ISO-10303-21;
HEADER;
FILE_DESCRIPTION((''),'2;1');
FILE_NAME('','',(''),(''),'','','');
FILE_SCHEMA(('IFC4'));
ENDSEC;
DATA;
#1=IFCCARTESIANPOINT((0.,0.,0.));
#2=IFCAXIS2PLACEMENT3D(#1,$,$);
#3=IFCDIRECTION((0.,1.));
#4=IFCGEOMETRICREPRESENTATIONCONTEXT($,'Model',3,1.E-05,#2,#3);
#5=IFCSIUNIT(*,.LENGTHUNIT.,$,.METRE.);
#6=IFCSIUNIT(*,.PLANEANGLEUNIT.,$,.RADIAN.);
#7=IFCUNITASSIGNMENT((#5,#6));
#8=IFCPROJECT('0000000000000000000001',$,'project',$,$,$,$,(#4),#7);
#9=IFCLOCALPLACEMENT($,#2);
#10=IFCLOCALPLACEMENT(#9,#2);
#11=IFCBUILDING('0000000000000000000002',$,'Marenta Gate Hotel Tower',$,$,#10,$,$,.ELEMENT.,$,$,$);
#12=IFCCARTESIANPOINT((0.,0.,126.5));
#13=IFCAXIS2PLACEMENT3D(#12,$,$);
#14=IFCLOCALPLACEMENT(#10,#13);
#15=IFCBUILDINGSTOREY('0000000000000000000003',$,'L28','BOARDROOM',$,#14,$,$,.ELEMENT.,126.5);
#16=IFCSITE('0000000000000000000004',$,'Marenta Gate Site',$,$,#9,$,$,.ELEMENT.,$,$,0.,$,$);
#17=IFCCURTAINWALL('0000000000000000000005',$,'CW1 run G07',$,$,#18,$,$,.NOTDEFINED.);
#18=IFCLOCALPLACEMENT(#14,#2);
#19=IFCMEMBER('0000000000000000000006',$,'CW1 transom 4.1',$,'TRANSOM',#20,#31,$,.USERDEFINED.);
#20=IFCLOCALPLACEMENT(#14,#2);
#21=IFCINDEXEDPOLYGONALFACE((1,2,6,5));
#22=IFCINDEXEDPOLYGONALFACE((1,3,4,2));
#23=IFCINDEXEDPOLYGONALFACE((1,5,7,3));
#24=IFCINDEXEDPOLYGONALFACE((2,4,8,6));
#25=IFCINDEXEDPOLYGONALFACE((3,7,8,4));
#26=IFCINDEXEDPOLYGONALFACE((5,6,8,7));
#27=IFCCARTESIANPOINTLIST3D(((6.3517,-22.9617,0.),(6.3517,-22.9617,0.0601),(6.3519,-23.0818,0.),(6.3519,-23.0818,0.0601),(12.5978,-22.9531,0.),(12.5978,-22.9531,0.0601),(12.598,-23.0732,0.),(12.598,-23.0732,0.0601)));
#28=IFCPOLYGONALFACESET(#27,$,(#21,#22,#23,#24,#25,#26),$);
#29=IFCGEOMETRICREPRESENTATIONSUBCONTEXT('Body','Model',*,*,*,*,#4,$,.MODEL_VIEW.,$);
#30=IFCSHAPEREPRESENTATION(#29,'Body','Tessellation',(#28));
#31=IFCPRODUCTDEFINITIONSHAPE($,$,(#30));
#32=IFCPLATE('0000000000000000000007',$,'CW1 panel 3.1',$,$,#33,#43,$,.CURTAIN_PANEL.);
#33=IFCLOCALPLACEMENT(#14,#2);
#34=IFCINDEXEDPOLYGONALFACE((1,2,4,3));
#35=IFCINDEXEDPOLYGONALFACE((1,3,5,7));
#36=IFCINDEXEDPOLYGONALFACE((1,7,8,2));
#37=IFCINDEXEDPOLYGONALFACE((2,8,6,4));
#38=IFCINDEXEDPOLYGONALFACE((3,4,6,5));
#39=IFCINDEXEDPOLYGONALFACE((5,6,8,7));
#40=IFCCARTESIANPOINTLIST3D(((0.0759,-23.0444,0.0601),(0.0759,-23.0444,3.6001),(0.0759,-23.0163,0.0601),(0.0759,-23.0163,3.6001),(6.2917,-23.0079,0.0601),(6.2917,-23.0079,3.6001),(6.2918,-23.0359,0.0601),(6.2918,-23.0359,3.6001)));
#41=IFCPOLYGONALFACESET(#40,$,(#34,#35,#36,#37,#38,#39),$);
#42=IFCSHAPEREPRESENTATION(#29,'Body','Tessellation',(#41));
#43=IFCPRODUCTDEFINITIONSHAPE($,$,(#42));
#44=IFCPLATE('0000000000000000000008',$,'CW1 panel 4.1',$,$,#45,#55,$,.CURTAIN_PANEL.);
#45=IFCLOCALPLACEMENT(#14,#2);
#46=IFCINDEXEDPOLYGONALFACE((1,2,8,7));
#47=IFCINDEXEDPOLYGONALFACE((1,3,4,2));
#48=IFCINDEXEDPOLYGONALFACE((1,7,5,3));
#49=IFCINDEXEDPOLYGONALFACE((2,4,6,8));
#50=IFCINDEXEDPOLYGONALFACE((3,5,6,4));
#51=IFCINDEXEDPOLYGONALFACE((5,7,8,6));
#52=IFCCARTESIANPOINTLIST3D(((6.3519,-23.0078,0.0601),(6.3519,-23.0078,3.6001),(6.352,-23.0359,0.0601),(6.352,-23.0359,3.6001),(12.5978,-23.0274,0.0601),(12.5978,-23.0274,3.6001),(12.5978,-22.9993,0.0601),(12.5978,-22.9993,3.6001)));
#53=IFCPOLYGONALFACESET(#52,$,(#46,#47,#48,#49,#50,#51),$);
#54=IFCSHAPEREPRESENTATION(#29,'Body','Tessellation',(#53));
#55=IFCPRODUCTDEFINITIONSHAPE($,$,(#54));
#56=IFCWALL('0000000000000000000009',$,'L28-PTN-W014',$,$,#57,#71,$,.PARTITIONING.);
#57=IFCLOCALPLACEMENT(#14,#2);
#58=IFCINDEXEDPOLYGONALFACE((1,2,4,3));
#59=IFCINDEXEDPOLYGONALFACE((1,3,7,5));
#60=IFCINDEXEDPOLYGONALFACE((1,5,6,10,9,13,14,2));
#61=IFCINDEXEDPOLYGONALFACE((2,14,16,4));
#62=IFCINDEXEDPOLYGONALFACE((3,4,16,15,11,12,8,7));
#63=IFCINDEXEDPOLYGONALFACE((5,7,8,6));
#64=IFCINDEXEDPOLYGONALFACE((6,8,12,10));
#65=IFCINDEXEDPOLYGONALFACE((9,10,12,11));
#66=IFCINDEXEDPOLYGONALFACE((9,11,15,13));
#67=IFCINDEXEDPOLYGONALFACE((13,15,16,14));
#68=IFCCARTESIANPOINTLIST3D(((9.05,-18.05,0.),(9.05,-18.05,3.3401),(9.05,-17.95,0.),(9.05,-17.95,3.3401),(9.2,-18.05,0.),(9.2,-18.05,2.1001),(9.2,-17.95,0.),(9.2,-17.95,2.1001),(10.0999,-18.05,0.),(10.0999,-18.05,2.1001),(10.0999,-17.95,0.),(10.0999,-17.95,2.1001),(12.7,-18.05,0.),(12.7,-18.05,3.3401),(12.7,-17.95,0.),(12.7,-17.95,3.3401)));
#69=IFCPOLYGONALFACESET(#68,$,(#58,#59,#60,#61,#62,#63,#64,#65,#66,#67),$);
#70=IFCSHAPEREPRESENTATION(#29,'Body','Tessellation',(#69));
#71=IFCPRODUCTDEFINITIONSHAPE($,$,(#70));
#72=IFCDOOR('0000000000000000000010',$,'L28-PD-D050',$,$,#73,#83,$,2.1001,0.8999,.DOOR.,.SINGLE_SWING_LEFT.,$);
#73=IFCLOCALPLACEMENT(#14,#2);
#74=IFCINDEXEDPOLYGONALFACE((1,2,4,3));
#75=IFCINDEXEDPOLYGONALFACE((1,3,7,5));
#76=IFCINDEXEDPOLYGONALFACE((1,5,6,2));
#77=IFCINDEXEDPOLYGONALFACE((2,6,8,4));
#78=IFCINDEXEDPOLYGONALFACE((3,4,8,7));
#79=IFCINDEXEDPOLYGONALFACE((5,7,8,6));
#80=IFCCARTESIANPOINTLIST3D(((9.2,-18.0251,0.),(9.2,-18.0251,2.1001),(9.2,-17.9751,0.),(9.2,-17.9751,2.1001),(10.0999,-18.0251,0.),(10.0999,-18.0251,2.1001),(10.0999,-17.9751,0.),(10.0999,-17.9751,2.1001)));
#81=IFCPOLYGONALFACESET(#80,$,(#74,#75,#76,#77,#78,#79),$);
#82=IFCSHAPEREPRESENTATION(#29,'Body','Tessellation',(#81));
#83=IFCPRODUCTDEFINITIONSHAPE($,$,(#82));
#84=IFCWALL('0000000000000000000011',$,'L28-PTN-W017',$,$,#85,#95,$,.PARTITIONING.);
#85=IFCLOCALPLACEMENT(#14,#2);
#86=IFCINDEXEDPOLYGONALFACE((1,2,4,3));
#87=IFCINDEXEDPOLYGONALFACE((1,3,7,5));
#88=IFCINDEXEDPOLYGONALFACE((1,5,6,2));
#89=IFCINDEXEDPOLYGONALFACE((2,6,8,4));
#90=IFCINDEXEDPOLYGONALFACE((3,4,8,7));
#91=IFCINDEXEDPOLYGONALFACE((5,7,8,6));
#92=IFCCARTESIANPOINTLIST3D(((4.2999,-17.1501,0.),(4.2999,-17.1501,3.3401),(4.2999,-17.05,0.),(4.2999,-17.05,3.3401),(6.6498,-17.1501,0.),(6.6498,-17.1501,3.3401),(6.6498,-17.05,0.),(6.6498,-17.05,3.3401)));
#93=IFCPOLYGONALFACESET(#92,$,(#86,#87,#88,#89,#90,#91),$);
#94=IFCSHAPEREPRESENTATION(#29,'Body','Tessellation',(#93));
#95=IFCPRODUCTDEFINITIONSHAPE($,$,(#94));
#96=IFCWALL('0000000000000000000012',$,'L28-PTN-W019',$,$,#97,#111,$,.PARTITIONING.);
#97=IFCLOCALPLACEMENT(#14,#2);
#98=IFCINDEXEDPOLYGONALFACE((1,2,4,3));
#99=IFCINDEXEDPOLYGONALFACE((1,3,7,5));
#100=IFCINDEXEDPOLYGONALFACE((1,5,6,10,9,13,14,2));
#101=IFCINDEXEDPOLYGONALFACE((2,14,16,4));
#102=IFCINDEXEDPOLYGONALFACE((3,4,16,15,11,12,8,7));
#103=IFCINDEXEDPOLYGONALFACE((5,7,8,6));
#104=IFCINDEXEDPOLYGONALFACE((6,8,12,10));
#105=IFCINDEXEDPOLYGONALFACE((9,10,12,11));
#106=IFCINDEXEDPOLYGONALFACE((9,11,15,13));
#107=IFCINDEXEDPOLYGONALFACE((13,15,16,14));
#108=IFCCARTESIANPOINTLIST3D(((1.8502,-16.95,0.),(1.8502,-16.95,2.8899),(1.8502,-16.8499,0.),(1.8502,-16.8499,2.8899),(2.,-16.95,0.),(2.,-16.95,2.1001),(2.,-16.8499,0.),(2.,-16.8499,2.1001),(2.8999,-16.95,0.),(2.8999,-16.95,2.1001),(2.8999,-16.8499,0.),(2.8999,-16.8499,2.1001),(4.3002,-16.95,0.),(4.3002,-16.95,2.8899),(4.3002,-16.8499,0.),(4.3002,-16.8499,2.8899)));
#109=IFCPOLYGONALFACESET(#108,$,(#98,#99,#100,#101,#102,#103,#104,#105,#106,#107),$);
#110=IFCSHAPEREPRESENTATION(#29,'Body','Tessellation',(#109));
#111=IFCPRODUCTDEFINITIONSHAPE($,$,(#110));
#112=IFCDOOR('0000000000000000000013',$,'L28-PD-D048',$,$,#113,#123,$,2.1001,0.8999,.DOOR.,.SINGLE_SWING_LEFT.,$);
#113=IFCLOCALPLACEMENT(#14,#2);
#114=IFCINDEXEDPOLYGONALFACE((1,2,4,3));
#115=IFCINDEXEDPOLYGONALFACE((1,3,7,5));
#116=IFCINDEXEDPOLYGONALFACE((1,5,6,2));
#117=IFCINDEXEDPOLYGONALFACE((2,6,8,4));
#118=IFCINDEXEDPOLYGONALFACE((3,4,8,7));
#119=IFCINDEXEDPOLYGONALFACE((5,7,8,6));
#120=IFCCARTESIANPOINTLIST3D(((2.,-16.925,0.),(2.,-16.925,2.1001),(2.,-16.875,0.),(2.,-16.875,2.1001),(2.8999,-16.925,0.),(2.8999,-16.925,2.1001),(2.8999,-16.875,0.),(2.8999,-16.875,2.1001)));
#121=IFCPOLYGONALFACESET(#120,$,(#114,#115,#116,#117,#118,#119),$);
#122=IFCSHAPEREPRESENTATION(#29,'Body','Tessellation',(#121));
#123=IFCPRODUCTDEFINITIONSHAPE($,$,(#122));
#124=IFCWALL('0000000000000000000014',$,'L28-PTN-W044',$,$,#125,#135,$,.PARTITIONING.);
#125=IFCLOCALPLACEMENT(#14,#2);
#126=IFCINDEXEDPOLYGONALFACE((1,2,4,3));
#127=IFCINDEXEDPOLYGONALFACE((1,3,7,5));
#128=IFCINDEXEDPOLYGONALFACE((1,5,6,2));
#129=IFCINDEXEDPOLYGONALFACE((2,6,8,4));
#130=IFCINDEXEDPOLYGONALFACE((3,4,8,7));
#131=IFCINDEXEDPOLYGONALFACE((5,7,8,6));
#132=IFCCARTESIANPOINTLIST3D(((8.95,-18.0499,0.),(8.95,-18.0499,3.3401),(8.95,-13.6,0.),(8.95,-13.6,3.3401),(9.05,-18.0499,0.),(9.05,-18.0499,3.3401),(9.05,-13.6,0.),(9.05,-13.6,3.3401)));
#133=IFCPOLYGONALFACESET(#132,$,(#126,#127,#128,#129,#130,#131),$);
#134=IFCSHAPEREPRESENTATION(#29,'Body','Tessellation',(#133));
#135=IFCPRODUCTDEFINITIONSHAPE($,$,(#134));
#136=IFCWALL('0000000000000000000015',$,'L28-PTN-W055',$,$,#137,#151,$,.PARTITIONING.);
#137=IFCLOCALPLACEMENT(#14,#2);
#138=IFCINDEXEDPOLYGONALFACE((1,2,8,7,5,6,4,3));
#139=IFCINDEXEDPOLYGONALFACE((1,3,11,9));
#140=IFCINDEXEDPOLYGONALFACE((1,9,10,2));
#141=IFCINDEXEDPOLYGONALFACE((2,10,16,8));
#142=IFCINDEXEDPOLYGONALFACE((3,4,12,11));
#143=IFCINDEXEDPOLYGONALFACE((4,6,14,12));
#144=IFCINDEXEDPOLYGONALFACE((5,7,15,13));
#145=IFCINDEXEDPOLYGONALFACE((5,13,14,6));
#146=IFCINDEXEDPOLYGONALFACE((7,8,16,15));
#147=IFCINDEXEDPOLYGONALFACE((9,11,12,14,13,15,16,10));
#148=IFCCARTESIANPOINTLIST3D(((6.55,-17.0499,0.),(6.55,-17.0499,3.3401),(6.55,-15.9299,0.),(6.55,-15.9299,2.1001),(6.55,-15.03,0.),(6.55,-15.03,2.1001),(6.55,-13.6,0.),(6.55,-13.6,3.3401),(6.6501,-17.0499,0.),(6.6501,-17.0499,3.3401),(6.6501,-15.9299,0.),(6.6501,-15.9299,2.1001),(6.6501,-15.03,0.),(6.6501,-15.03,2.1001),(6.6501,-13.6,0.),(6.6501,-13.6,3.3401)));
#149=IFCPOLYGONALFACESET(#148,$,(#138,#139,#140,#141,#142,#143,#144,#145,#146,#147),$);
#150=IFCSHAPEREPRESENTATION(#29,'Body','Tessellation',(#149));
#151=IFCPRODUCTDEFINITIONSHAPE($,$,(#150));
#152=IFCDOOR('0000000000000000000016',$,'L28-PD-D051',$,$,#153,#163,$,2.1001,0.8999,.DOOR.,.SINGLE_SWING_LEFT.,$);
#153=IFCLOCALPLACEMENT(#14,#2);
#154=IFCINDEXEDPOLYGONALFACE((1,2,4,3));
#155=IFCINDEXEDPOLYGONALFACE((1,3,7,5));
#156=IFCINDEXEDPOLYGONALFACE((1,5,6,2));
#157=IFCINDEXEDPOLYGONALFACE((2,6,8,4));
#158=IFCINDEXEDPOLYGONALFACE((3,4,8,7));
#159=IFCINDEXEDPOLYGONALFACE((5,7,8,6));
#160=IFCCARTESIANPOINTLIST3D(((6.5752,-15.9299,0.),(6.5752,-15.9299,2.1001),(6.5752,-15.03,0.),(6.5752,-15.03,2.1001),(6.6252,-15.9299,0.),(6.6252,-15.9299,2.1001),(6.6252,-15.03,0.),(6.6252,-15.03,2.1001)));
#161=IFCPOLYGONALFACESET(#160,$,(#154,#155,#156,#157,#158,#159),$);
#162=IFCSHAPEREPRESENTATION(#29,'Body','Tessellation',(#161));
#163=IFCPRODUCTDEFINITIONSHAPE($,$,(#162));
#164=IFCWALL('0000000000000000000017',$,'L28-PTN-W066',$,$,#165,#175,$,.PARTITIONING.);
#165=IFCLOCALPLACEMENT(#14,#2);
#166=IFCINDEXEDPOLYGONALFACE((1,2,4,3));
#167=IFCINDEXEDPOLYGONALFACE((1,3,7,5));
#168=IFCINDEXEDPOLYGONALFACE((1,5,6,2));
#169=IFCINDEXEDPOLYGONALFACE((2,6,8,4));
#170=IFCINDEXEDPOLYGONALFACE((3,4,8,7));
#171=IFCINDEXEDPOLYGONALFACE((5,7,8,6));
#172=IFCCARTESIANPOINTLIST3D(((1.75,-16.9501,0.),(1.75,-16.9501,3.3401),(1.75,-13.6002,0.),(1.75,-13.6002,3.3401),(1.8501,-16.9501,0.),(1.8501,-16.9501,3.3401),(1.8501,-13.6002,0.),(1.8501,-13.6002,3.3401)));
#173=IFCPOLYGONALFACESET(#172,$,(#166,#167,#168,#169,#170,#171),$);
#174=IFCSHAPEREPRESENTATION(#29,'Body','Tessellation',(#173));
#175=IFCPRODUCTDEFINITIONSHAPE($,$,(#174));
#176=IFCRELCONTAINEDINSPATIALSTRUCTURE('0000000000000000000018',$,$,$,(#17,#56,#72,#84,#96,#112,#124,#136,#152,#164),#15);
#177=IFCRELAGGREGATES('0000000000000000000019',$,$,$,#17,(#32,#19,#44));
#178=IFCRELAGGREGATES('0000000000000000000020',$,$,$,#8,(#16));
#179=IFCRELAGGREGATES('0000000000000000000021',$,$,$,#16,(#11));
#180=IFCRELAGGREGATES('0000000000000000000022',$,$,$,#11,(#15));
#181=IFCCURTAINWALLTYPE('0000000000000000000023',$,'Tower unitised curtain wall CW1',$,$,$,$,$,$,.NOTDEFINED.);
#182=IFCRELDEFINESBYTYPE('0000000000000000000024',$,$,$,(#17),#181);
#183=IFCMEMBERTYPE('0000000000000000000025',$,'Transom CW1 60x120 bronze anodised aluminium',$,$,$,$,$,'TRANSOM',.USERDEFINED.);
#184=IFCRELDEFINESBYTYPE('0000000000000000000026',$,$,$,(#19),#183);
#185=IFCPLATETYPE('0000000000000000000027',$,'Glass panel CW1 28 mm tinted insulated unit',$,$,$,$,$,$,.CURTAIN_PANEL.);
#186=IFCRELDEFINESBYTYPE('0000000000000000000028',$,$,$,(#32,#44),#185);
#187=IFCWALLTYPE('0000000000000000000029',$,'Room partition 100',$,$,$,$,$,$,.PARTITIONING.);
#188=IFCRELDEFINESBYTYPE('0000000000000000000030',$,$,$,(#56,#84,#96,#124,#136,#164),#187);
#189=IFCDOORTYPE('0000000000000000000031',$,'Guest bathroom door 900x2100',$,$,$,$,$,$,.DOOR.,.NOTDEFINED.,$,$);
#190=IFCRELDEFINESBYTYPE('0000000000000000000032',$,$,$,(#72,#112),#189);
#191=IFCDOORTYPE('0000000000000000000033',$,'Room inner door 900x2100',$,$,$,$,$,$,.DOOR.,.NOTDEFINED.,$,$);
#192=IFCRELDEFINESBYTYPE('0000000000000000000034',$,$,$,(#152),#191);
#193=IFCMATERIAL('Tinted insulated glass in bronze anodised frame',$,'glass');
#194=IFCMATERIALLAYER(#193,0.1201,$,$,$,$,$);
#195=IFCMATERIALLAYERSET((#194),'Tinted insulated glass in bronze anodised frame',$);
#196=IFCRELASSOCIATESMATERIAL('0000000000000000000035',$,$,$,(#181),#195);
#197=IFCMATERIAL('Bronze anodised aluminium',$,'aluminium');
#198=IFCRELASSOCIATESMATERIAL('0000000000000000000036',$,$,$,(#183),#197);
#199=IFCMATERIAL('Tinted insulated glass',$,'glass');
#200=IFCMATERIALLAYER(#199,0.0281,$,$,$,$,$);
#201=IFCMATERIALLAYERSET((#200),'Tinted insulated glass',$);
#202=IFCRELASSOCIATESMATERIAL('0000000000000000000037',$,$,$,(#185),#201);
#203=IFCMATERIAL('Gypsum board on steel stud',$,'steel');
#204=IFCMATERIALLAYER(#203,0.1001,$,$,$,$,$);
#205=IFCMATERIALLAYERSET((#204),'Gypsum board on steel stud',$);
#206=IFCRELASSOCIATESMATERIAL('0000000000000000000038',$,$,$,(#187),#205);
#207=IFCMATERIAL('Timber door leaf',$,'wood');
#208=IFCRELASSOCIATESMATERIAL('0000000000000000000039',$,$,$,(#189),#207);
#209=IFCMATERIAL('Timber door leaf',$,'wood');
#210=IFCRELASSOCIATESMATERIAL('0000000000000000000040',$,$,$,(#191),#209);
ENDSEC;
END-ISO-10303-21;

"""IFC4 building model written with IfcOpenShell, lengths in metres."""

from ifc_helpers import new_model, si_unit, direction, frame, frame_2d, origin, origin_2d, place, context, subcontext, project, spatial, rectangle, extrude, material, layer, layer_set, material_profile, profile_set, type_object, element, fill, aggregate, save


model = new_model("IFC4")

# Units and contexts
model_context = context("Model", 3, precision=1e-05, world=origin(), true_north=direction((0.0, 1.0)))
body_context = subcontext(model_context, "Body", "Model", "MODEL_VIEW")
ifc_project = project(units=[si_unit("LENGTHUNIT", "METRE"), si_unit("PLANEANGLEUNIT", "RADIAN")], contexts=[model_context])

# Site, building, storey
site_placement = place(None, origin())
site = spatial("IfcSite", under=ifc_project, at=site_placement, Name="Marenta Gate Site", CompositionType="ELEMENT", RefElevation=0.0)
building_placement = place(site_placement, origin())
building = spatial("IfcBuilding", under=site, at=building_placement, Name="Marenta Gate Hotel Tower", CompositionType="ELEMENT")
storey_placement = place(building_placement, frame((0.0, 0.0, 126.5)))
storey = spatial("IfcBuildingStorey", under=building, at=storey_placement, Name="L28", Description="BOARDROOM", CompositionType="ELEMENT", Elevation=126.5)

# Curtain wall, member, plates
ifc_material_1 = material(Name="Tinted insulated glass in bronze anodised frame", Category="glass")
ifc_layer_1 = layer(ifc_material_1, 0.1201)
ifc_layer_set_1 = layer_set([ifc_layer_1], Name="Tinted insulated glass in bronze anodised frame")
curtain_wall_type = type_object("IfcCurtainWallType", Name="Tower unitised curtain wall CW1", PredefinedType="NOTDEFINED", material=ifc_layer_set_1)
curtain_wall_placement = place(storey_placement, origin())
curtain_wall = element("IfcCurtainWall", 1, at=curtain_wall_placement, inside=storey, type_object=curtain_wall_type, Name="CW1 run G07", PredefinedType="NOTDEFINED")
ifc_material_2 = material(Name="Bronze anodised aluminium", Category="aluminium")
ifc_material_profile_1 = material_profile(ifc_material_2, rectangle(XDim=0.1201, YDim=0.0601, at=origin_2d()), Name="Transom CW1 60x120 bronze anodised aluminium")
ifc_profile_set_1 = profile_set([ifc_material_profile_1], Name="Bronze anodised aluminium")
member_type_1 = type_object("IfcMemberType", Name="Transom CW1 60x120 bronze anodised aluminium", ElementType="TRANSOM", PredefinedType="USERDEFINED", material=ifc_profile_set_1)
member_1_placement = place(storey_placement, frame((6.3518, -23.0217, 0.03), z_axis=(0.999999, 0.001368, 0.0), x_axis=(-0.001368, 0.999999, 0.0)))
member_1 = element("IfcMember", 2, at=member_1_placement, type_object=member_type_1, Name="CW1 transom 4.1", ObjectType="TRANSOM", PredefinedType="USERDEFINED", context=body_context, shape_type="SweptSolid", body=[
    extrude(rectangle(XDim=0.1201, YDim=0.0601, at=origin_2d()), origin(), (0.0, 0.0, 1.0), 6.2461),
])
ifc_material_3 = material(Name="Tinted insulated glass", Category="glass")
ifc_layer_2 = layer(ifc_material_3, 0.0281)
ifc_layer_set_2 = layer_set([ifc_layer_2], Name="Tinted insulated glass")
plate_type = type_object("IfcPlateType", Name="Glass panel CW1 28 mm tinted insulated unit", PredefinedType="CURTAIN_PANEL", material=ifc_layer_set_2)
plate_1_placement = place(storey_placement, frame((3.1838, -23.0261, 0.0601), z_axis=(0.0, 0.0, 1.0), x_axis=(0.999999, 0.001362, 0.0)))
plate_1 = element("IfcPlate", 3, at=plate_1_placement, type_object=plate_type, Name="CW1 panel 3.1", PredefinedType="CURTAIN_PANEL", context=body_context, shape_type="SweptSolid", body=[
    extrude(rectangle(XDim=6.2158, YDim=0.0281, at=origin_2d()), origin(), (0.0, 0.0, 1.0), 3.54),
])
plate_2_placement = place(storey_placement, frame((9.4749, -23.0176, 0.0601), z_axis=(0.0, 0.0, 1.0), x_axis=(0.999999, 0.001362, 0.0)))
plate_2 = element("IfcPlate", 4, at=plate_2_placement, type_object=plate_type, Name="CW1 panel 4.1", PredefinedType="CURTAIN_PANEL", context=body_context, shape_type="SweptSolid", body=[
    extrude(rectangle(XDim=6.2458, YDim=0.0281, at=origin_2d()), origin(), (0.0, 0.0, 1.0), 3.54),
])
aggregate(curtain_wall, [plate_1, member_1, plate_2])

# Wall, opening, door
ifc_material_4 = material(Name="Gypsum board on steel stud", Category="steel")
ifc_layer_3 = layer(ifc_material_4, 0.1001)
ifc_layer_set_3 = layer_set([ifc_layer_3], Name="Gypsum board on steel stud")
wall_type_1 = type_object("IfcWallType", Name="Room partition 100", PredefinedType="PARTITIONING", material=ifc_layer_set_3)
wall_1_placement = place(storey_placement, frame((9.05, -18.0, 0.0), z_axis=(0.0, 0.0, 1.0), x_axis=(1.0, 0.0, 0.0)))
wall_1 = element("IfcWall", 5, at=wall_1_placement, inside=storey, type_object=wall_type_1, Name="L28-PTN-W014", PredefinedType="PARTITIONING", context=body_context, shape_type="SweptSolid", body=[
    extrude(rectangle(XDim=3.6499, YDim=0.1001, at=frame_2d((1.825, 0.0))), origin(), (0.0, 0.0, 1.0), 3.3401),
])
opening_1_placement = place(wall_1_placement, frame((0.1499, 0.0, 0.0)))
opening_1 = element("IfcOpeningElement", 6, at=opening_1_placement, cuts=wall_1, PredefinedType="OPENING", context=body_context, shape_type="SweptSolid", body=[
    extrude(rectangle(XDim=0.8999, YDim=2.1001, at=frame_2d((0.45, 1.05))), frame((0.0, 0.05, 0.0), z_axis=(0.0, -1.0, 0.0), x_axis=(1.0, 0.0, 0.0)), (0.0, 0.0, 1.0), 0.1001),
])
ifc_material_5 = material(Name="Timber door leaf", Category="wood")
door_type_1 = type_object("IfcDoorType", Name="Guest bathroom door 900x2100", OperationType="NOTDEFINED", PredefinedType="DOOR", material=ifc_material_5)
door_1_placement = place(opening_1_placement, origin())
door_1 = element("IfcDoor", 7, at=door_1_placement, inside=storey, type_object=door_type_1, Name="L28-PD-D050", OperationType="SINGLE_SWING_LEFT", OverallHeight=2.1001, OverallWidth=0.8999, PredefinedType="DOOR", context=body_context, shape_type="SweptSolid", body=[
    extrude(rectangle(XDim=0.8999, YDim=2.1001, at=frame_2d((0.45, 1.05))), frame((0.0, 0.0249, 0.0), z_axis=(0.0, -1.0, 0.0), x_axis=(1.0, 0.0, 0.0)), (0.0, 0.0, 1.0), 0.05),
])
fill(opening_1, door_1)

# Wall
wall_2_placement = place(storey_placement, frame((4.3, -17.1001, 0.0), z_axis=(0.0, 0.0, 1.0), x_axis=(1.0, 0.0, 0.0)))
element("IfcWall", 8, at=wall_2_placement, inside=storey, type_object=wall_type_1, Name="L28-PTN-W017", PredefinedType="PARTITIONING", context=body_context, shape_type="SweptSolid", body=[
    extrude(rectangle(XDim=2.3499, YDim=0.1001, at=frame_2d((1.1748, 0.0))), origin(), (0.0, 0.0, 1.0), 3.3401),
])

# Wall, opening, door
wall_3_placement = place(storey_placement, frame((1.8501, -16.8999, 0.0), z_axis=(0.0, 0.0, 1.0), x_axis=(1.0, 0.0, 0.0)))
wall_3 = element("IfcWall", 9, at=wall_3_placement, inside=storey, type_object=wall_type_1, Name="L28-PTN-W019", PredefinedType="PARTITIONING", context=body_context, shape_type="SweptSolid", body=[
    extrude(rectangle(XDim=2.45, YDim=0.1001, at=frame_2d((1.2251, 0.0))), origin(), (0.0, 0.0, 1.0), 2.8899),
])
opening_2_placement = place(wall_3_placement, frame((0.1499, 0.0, 0.0)))
opening_2 = element("IfcOpeningElement", 10, at=opening_2_placement, cuts=wall_3, PredefinedType="OPENING", context=body_context, shape_type="SweptSolid", body=[
    extrude(rectangle(XDim=0.8999, YDim=2.1001, at=frame_2d((0.45, 1.05))), frame((0.0, 0.05, 0.0), z_axis=(0.0, -1.0, 0.0), x_axis=(1.0, 0.0, 0.0)), (0.0, 0.0, 1.0), 0.1001),
])
door_2_placement = place(opening_2_placement, origin())
door_2 = element("IfcDoor", 11, at=door_2_placement, inside=storey, type_object=door_type_1, Name="L28-PD-D048", OperationType="SINGLE_SWING_LEFT", OverallHeight=2.1001, OverallWidth=0.8999, PredefinedType="DOOR", context=body_context, shape_type="SweptSolid", body=[
    extrude(rectangle(XDim=0.8999, YDim=2.1001, at=frame_2d((0.45, 1.05))), frame((0.0, 0.0249, 0.0), z_axis=(0.0, -1.0, 0.0), x_axis=(1.0, 0.0, 0.0)), (0.0, 0.0, 1.0), 0.05),
])
fill(opening_2, door_2)

# Wall
wall_4_placement = place(storey_placement, frame((9.0, -18.05, 0.0), z_axis=(0.0, 0.0, 1.0), x_axis=(0.0, 1.0, 0.0)))
element("IfcWall", 12, at=wall_4_placement, inside=storey, type_object=wall_type_1, Name="L28-PTN-W044", PredefinedType="PARTITIONING", context=body_context, shape_type="SweptSolid", body=[
    extrude(rectangle(XDim=4.45, YDim=0.1001, at=frame_2d((2.2251, 0.0))), origin(), (0.0, 0.0, 1.0), 3.3401),
])

# Wall, opening, door
wall_5_placement = place(storey_placement, frame((6.6001, -17.05, 0.0), z_axis=(0.0, 0.0, 1.0), x_axis=(0.0, 1.0, 0.0)))
wall_5 = element("IfcWall", 13, at=wall_5_placement, inside=storey, type_object=wall_type_1, Name="L28-PTN-W055", PredefinedType="PARTITIONING", context=body_context, shape_type="SweptSolid", body=[
    extrude(rectangle(XDim=3.45, YDim=0.1001, at=frame_2d((1.7251, 0.0))), origin(), (0.0, 0.0, 1.0), 3.3401),
])
opening_3_placement = place(wall_5_placement, frame((1.1201, 0.0, 0.0)))
opening_3 = element("IfcOpeningElement", 14, at=opening_3_placement, cuts=wall_5, PredefinedType="OPENING", context=body_context, shape_type="SweptSolid", body=[
    extrude(rectangle(XDim=0.8999, YDim=2.1001, at=frame_2d((0.45, 1.05))), frame((0.0, 0.05, 0.0), z_axis=(0.0, -1.0, 0.0), x_axis=(1.0, 0.0, 0.0)), (0.0, 0.0, 1.0), 0.1001),
])
ifc_material_6 = material(Name="Timber door leaf", Category="wood")
door_type_2 = type_object("IfcDoorType", Name="Room inner door 900x2100", OperationType="NOTDEFINED", PredefinedType="DOOR", material=ifc_material_6)
door_3_placement = place(opening_3_placement, origin())
door_3 = element("IfcDoor", 15, at=door_3_placement, inside=storey, type_object=door_type_2, Name="L28-PD-D051", OperationType="SINGLE_SWING_LEFT", OverallHeight=2.1001, OverallWidth=0.8999, PredefinedType="DOOR", context=body_context, shape_type="SweptSolid", body=[
    extrude(rectangle(XDim=0.8999, YDim=2.1001, at=frame_2d((0.45, 1.05))), frame((0.0, 0.0249, 0.0), z_axis=(0.0, -1.0, 0.0), x_axis=(1.0, 0.0, 0.0)), (0.0, 0.0, 1.0), 0.05),
])
fill(opening_3, door_3)

# Wall
wall_6_placement = place(storey_placement, frame((1.8, -16.95, 0.0), z_axis=(0.0, 0.0, 1.0), x_axis=(0.0, 1.0, 0.0)))
element("IfcWall", 16, at=wall_6_placement, inside=storey, type_object=wall_type_1, Name="L28-PTN-W066", PredefinedType="PARTITIONING", context=body_context, shape_type="SweptSolid", body=[
    extrude(rectangle(XDim=3.3499, YDim=0.1001, at=frame_2d((1.6748, 0.0))), origin(), (0.0, 0.0, 1.0), 3.3401),
])

save(model, "model.ifc")
